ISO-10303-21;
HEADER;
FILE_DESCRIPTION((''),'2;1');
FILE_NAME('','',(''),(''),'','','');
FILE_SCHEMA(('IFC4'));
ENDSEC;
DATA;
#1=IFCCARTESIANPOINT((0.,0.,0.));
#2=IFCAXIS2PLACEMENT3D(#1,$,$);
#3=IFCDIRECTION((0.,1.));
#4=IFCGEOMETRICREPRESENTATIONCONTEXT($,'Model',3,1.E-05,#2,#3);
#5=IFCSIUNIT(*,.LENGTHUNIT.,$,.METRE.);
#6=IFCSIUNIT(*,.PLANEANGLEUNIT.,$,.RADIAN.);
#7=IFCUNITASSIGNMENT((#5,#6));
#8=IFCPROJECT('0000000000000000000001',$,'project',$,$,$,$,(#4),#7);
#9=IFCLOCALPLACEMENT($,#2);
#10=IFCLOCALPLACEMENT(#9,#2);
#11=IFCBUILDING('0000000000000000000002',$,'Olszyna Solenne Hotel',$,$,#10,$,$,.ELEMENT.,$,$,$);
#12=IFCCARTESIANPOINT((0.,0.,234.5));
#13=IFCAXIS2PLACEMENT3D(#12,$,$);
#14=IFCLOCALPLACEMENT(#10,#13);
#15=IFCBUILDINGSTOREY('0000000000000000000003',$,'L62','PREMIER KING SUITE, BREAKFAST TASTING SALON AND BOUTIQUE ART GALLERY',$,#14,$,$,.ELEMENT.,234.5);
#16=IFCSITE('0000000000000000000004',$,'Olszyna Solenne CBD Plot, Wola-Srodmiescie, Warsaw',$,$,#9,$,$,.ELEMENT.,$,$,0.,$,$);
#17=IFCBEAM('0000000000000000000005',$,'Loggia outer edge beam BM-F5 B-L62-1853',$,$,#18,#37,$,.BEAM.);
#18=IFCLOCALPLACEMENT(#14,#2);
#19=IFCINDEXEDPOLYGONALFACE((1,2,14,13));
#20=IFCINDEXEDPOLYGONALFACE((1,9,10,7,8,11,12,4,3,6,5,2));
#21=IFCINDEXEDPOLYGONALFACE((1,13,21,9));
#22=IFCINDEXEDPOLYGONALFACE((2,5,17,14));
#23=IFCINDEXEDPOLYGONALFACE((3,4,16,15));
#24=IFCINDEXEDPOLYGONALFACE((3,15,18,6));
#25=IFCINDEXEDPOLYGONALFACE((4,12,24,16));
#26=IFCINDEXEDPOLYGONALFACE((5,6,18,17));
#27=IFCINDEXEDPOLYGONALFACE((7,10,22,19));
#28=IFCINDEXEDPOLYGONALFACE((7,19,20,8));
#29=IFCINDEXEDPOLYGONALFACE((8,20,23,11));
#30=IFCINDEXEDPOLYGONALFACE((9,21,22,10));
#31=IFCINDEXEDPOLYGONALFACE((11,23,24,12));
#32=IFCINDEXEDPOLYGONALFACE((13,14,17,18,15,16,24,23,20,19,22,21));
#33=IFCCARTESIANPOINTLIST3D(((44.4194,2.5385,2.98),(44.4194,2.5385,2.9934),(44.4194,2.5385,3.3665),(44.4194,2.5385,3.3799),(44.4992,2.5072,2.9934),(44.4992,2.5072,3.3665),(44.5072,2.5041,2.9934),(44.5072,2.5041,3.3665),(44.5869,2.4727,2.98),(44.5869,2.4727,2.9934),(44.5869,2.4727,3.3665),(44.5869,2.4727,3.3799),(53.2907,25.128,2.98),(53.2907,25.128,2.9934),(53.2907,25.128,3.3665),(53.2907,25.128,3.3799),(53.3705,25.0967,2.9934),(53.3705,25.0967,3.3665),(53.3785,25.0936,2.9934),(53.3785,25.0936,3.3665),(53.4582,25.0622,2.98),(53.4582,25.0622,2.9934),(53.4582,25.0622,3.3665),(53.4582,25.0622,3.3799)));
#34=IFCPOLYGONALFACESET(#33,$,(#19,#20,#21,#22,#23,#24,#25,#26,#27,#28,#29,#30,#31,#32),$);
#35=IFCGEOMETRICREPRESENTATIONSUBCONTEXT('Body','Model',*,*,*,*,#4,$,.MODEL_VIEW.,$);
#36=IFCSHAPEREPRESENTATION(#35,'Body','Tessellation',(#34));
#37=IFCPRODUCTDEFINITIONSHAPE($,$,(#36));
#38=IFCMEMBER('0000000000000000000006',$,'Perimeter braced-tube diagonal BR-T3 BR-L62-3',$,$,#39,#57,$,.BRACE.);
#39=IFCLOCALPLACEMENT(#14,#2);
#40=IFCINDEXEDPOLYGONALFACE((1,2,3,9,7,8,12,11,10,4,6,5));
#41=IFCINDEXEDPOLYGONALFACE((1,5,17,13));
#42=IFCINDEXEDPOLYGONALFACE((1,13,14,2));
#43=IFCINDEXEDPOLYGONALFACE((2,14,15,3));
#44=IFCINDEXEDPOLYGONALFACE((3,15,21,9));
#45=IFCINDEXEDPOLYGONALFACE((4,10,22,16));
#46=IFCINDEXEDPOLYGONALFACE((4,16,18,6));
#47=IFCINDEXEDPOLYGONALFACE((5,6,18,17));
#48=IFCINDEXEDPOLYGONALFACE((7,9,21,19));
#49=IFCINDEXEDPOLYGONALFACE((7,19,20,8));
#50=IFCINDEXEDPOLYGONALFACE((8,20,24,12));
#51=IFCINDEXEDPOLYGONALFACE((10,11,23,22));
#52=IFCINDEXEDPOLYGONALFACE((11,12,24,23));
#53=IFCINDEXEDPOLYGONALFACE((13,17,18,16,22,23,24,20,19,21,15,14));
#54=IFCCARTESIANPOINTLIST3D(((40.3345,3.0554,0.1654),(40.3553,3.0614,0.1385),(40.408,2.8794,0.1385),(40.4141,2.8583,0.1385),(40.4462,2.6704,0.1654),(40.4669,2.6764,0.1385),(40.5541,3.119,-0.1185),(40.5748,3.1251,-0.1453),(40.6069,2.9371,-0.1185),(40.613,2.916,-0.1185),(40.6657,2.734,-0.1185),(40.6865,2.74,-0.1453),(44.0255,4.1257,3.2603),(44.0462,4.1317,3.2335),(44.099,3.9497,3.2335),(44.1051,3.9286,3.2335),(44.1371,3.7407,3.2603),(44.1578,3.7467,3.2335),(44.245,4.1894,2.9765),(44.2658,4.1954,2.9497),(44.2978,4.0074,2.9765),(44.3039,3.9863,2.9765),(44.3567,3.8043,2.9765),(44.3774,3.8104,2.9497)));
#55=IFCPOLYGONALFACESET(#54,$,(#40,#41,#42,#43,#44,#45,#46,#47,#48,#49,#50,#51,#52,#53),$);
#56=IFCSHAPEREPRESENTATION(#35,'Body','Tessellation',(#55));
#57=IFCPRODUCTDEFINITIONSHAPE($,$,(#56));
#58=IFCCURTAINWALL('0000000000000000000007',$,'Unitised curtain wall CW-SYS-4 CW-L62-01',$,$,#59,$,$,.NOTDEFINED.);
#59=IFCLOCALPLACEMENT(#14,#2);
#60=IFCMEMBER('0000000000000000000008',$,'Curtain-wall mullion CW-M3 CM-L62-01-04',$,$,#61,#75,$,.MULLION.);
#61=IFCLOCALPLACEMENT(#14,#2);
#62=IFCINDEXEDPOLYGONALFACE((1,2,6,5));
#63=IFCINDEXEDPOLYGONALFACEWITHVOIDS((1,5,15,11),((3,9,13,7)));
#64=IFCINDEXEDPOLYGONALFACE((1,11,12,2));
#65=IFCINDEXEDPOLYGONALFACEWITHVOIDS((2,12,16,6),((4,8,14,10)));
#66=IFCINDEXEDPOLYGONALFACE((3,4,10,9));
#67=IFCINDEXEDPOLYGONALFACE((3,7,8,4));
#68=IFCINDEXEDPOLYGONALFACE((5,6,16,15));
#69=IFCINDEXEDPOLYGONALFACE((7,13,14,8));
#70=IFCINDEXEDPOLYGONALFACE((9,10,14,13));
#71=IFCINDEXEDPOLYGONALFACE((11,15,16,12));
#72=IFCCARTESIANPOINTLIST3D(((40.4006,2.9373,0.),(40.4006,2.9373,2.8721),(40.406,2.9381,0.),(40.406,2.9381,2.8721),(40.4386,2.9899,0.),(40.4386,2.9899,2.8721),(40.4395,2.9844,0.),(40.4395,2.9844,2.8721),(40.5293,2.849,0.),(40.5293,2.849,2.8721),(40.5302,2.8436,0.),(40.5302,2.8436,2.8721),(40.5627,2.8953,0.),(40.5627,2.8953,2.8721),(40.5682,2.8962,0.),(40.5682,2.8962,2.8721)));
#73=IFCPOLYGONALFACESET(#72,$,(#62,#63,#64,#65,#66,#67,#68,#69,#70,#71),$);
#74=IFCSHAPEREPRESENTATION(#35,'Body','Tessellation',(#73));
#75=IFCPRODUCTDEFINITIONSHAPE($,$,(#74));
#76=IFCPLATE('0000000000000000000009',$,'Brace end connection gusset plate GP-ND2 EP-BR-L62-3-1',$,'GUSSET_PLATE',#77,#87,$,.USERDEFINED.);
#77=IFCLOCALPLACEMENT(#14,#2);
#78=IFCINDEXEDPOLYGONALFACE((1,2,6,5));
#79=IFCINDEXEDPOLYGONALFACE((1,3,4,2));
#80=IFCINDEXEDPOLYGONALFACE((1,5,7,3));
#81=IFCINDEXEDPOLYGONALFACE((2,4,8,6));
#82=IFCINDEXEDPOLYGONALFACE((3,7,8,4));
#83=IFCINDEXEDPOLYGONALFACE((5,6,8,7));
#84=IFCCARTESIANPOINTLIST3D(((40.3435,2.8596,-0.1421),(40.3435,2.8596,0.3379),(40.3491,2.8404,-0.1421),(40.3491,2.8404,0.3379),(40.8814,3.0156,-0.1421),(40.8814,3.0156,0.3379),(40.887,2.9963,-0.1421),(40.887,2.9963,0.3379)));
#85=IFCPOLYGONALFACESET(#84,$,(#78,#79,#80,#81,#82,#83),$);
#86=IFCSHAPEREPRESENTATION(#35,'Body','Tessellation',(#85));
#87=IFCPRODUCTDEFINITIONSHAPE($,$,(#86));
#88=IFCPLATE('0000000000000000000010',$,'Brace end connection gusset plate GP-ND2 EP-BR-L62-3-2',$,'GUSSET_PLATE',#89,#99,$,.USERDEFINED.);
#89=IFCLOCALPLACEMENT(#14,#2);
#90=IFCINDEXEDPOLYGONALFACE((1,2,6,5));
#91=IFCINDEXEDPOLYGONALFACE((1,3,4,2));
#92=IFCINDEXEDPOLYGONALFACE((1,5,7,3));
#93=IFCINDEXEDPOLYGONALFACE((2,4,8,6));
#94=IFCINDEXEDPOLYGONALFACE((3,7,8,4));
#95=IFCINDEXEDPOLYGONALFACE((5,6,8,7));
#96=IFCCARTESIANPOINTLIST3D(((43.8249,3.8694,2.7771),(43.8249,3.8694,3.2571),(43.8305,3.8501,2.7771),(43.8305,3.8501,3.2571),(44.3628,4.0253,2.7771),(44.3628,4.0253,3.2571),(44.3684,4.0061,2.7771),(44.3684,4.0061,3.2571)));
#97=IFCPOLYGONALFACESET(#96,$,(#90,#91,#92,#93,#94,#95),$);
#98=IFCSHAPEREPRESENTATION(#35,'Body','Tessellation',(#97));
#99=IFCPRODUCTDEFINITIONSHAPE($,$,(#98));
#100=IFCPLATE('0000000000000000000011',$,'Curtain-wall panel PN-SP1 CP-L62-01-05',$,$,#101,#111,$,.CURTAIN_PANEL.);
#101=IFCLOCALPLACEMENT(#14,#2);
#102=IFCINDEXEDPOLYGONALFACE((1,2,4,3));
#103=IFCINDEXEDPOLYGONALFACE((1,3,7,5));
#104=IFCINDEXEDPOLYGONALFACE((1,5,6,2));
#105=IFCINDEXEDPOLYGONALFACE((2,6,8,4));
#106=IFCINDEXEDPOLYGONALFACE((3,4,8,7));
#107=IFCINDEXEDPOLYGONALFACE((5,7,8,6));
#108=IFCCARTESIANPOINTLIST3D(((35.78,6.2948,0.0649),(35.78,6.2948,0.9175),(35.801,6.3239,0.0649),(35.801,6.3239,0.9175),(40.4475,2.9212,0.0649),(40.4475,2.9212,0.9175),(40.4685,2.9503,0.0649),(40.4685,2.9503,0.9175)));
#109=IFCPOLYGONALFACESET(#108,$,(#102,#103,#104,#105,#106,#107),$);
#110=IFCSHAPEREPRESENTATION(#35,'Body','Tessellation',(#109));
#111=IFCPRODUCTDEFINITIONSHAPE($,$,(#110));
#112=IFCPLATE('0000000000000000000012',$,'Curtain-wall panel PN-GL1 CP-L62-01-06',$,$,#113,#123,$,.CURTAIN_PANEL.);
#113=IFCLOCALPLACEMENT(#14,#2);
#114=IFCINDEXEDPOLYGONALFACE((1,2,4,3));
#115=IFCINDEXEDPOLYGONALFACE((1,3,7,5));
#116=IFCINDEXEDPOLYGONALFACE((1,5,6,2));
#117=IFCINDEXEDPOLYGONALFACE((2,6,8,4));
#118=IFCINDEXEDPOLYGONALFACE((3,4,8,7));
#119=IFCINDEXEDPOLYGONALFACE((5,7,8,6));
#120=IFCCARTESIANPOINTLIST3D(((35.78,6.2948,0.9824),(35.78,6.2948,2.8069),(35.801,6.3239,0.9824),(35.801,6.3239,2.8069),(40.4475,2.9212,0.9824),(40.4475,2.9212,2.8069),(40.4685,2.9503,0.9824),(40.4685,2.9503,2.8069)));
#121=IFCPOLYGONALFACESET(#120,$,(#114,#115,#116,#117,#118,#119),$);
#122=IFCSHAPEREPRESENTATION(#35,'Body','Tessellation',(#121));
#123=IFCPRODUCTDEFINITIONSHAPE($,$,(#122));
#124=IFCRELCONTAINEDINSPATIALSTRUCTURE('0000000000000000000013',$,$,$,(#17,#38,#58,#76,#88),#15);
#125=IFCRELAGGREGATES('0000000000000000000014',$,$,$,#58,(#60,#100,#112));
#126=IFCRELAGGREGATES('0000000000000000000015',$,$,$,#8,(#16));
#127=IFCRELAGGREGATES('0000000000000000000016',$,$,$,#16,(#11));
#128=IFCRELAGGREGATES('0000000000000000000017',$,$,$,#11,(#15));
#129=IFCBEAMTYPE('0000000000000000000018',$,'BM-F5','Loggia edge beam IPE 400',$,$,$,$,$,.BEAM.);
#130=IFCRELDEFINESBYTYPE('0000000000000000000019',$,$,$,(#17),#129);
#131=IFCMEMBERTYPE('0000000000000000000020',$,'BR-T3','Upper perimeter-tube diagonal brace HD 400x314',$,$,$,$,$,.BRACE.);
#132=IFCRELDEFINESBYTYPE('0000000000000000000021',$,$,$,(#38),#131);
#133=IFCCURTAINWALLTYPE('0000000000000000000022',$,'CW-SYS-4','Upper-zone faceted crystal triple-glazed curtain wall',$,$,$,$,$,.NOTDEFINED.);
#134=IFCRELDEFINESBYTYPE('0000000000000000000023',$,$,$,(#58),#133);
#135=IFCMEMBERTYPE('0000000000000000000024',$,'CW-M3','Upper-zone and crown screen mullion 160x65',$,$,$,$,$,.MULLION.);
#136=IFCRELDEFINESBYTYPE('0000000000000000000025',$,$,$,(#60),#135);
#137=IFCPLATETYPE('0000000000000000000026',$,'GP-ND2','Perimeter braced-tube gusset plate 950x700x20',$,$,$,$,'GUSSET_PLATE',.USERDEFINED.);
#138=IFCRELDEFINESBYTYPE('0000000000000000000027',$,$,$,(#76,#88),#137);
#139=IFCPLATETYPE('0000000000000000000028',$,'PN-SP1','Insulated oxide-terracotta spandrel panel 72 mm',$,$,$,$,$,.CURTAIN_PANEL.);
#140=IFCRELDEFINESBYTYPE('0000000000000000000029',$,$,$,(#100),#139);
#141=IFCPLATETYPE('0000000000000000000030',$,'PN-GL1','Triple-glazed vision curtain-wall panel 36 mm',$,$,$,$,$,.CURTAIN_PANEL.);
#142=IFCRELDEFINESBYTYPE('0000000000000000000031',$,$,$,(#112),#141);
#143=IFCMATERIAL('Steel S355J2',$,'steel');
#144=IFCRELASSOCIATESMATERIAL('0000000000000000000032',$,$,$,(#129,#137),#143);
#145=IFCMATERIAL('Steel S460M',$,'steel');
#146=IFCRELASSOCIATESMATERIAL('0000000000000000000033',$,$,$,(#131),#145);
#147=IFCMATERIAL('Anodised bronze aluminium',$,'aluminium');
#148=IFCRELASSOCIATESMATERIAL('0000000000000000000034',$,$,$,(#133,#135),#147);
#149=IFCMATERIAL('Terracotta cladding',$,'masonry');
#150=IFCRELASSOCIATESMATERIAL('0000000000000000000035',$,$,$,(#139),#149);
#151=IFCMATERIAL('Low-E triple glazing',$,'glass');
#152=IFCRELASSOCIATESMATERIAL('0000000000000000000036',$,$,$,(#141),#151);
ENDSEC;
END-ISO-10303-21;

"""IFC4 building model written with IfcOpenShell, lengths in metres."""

from ifc_helpers import new_model, si_unit, direction, frame, origin, origin_2d, place, context, subcontext, project, spatial, rectangle, hollow_rectangle, i_section, extrude, source, transform, mapped, material, material_profile, profile_set, type_object, element, aggregate, save


model = new_model("IFC4")

# Units and contexts
model_context = context("Model", 3, precision=1e-05, world=origin(), true_north=direction((0.0, 1.0)))
body_context = subcontext(model_context, "Body", "Model", "MODEL_VIEW")
ifc_project = project(units=[si_unit("LENGTHUNIT", "METRE"), si_unit("PLANEANGLEUNIT", "RADIAN")], contexts=[model_context])

# Site, building, storey
site_placement = place(None, origin())
site = spatial("IfcSite", under=ifc_project, at=site_placement, Name="Olszyna Solenne CBD Plot, Wola-Srodmiescie, Warsaw", CompositionType="ELEMENT", RefElevation=0.0)
building_placement = place(site_placement, origin())
building = spatial("IfcBuilding", under=site, at=building_placement, Name="Olszyna Solenne Hotel", CompositionType="ELEMENT")
storey_placement = place(building_placement, frame((0.0, 0.0, 234.5)))
storey = spatial("IfcBuildingStorey", under=building, at=storey_placement, Name="L62", Description="PREMIER KING SUITE, BREAKFAST TASTING SALON AND BOUTIQUE ART GALLERY", CompositionType="ELEMENT", Elevation=234.5)

# Shared definitions
ifc_material_1 = material(Name="Steel S460M", Category="steel")

# Beam
ifc_material_2 = material(Name="Steel S355J2", Category="steel")
ifc_material_profile_1 = material_profile(ifc_material_2, i_section(OverallWidth=0.1799, OverallDepth=0.3999, WebThickness=0.0085, FlangeThickness=0.0134, at=origin_2d()), Name="IPE 400", Category="load-bearing")
ifc_profile_set_1 = profile_set([ifc_material_profile_1], Name="Steel S355J2")
beam_type_1 = type_object("IfcBeamType", Name="BM-F5", Description="Loggia edge beam IPE 400", PredefinedType="BEAM", material=ifc_profile_set_1)
shared_shape_1 = source(origin(), body_context, "Body", "SweptSolid", [
    extrude(i_section(OverallWidth=0.1799, OverallDepth=0.3999, WebThickness=0.0085, FlangeThickness=0.0134, at=origin_2d()), origin(), (0.0, 0.0, 1.0), 24.269),
])
beam_1_placement = place(storey_placement, frame((44.5032, 2.5056, 3.1799), z_axis=(0.36554, 0.930796, 0.0), x_axis=(-0.930796, 0.36554, 0.0)))
element("IfcBeam", 1, at=beam_1_placement, inside=storey, type_object=beam_type_1, Name="Loggia outer edge beam BM-F5 B-L62-1853", PredefinedType="BEAM", context=body_context, shape_type="MappedRepresentation", body=[
    mapped(shared_shape_1, transform((0.0, 0.0, 0.0), x_axis=(1.0, 0.0, 0.0), y_axis=(0.0, 1.0, 0.0), z_axis=(0.0, 0.0, 1.0), scale=1.0)),
])

# Member
ifc_material_profile_2 = material_profile(ifc_material_1, i_section(OverallWidth=0.4009, OverallDepth=0.3989, WebThickness=0.022, FlangeThickness=0.0344, at=origin_2d()), Name="HD 400x314", Category="load-bearing")
ifc_profile_set_2 = profile_set([ifc_material_profile_2], Name="Steel S460M")
member_type_1 = type_object("IfcMemberType", Name="BR-T3", Description="Upper perimeter-tube diagonal brace HD 400x314", PredefinedType="BRACE", material=ifc_profile_set_2)
shared_shape_2 = source(origin(), body_context, "Body", "SweptSolid", [
    extrude(i_section(OverallWidth=0.4009, OverallDepth=0.3989, WebThickness=0.022, FlangeThickness=0.0344, at=origin_2d()), origin(), (0.0, 0.0, 1.0), 4.9343),
])
member_1_placement = place(storey_placement, frame((40.5105, 2.8977, 0.01), z_axis=(0.748013, 0.216913, 0.627236), x_axis=(-0.278512, 0.960433, 0.0)))
element("IfcMember", 2, at=member_1_placement, inside=storey, type_object=member_type_1, Name="Perimeter braced-tube diagonal BR-T3 BR-L62-3", PredefinedType="BRACE", context=body_context, shape_type="MappedRepresentation", body=[
    mapped(shared_shape_2, transform((0.0, 0.0, 0.0), x_axis=(1.0, 0.0, 0.0), y_axis=(0.0, 1.0, 0.0), z_axis=(0.0, 0.0, 1.0), scale=1.0)),
])

# Curtain wall, member
ifc_material_3 = material(Name="Anodised bronze aluminium", Category="aluminium")
curtain_wall_type = type_object("IfcCurtainWallType", Name="CW-SYS-4", Description="Upper-zone faceted crystal triple-glazed curtain wall", PredefinedType="NOTDEFINED", material=ifc_material_3)
curtain_wall_placement = place(storey_placement, origin())
curtain_wall = element("IfcCurtainWall", 3, at=curtain_wall_placement, inside=storey, type_object=curtain_wall_type, Name="Unitised curtain wall CW-SYS-4 CW-L62-01", PredefinedType="NOTDEFINED")
ifc_material_profile_3 = material_profile(ifc_material_3, hollow_rectangle(XDim=0.0649, YDim=0.1599, WallThickness=0.0039, at=origin_2d()), Name="MULL 160x65x4", Category="load-bearing")
ifc_profile_set_3 = profile_set([ifc_material_profile_3], Name="Anodised bronze aluminium")
member_type_2 = type_object("IfcMemberType", Name="CW-M3", Description="Upper-zone and crown screen mullion 160x65", PredefinedType="MULLION", material=ifc_profile_set_3)
shared_shape_3 = source(origin(), body_context, "Body", "SweptSolid", [
    extrude(hollow_rectangle(XDim=0.0649, YDim=0.1599, WallThickness=0.0039, at=origin_2d()), origin(), (0.0, 0.0, 1.0), 2.8721),
])
member_2_placement = place(storey_placement, frame((40.4844, 2.9167, 0.0), z_axis=(0.0, 0.0, 1.0), x_axis=(0.585789, 0.810463, 0.0)))
member_2 = element("IfcMember", 4, at=member_2_placement, type_object=member_type_2, Name="Curtain-wall mullion CW-M3 CM-L62-01-04", PredefinedType="MULLION", context=body_context, shape_type="MappedRepresentation", body=[
    mapped(shared_shape_3, transform((0.0, 0.0, 0.0), x_axis=(1.0, 0.0, 0.0), y_axis=(0.0, 1.0, 0.0), z_axis=(0.0, 0.0, 1.0), scale=1.0)),
])

# Plates
plate_type_1 = type_object("IfcPlateType", Name="GP-ND2", Description="Perimeter braced-tube gusset plate 950x700x20", ElementType="GUSSET_PLATE", PredefinedType="USERDEFINED", material=ifc_material_2)
shared_shape_4 = source(origin(), body_context, "Body", "SweptSolid", [
    extrude(rectangle(XDim=0.5601, YDim=0.02, at=origin_2d()), origin(), (0.0, 0.0, 1.0), 0.48),
])
for number, where, z_axis, x_axis, name in (
    (5, (40.6152, 2.928, -0.1421), (0.0, 0.0, 1.0), (0.96044, 0.278488, 0.0), "Brace end connection gusset plate GP-ND2 EP-BR-L62-3-1"),
    (6, (44.0967, 3.9377, 2.7771), (0.0, 0.0, 1.0), (0.96044, 0.278488, 0.0), "Brace end connection gusset plate GP-ND2 EP-BR-L62-3-2"),
):
    element("IfcPlate", number, at=place(storey_placement, frame(where, z_axis=z_axis, x_axis=x_axis)), inside=storey, type_object=plate_type_1, Name=name, ObjectType="GUSSET_PLATE", PredefinedType="USERDEFINED", context=body_context, shape_type="MappedRepresentation", body=[
        mapped(shared_shape_4, transform((0.0, 0.0, 0.0), x_axis=(1.0, 0.0, 0.0), y_axis=(0.0, 1.0, 0.0), z_axis=(0.0, 0.0, 1.0), scale=1.0)),
    ])

# Plates
ifc_material_4 = material(Name="Terracotta cladding", Category="masonry")
plate_type_2 = type_object("IfcPlateType", Name="PN-SP1", Description="Insulated oxide-terracotta spandrel panel 72 mm", PredefinedType="CURTAIN_PANEL", material=ifc_material_4)
shared_shape_5 = source(origin(), body_context, "Body", "SweptSolid", [
    extrude(rectangle(XDim=5.759, YDim=0.0359, at=origin_2d()), origin(), (0.0, 0.0, 1.0), 0.8525),
])
plate_1_placement = place(storey_placement, frame((38.1243, 4.6226, 0.0649), z_axis=(0.0, 0.0, 1.0), x_axis=(0.810463, -0.585789, 0.0)))
plate_1 = element("IfcPlate", 7, at=plate_1_placement, type_object=plate_type_2, Name="Curtain-wall panel PN-SP1 CP-L62-01-05", PredefinedType="CURTAIN_PANEL", context=body_context, shape_type="MappedRepresentation", body=[
    mapped(shared_shape_5, transform((0.0, 0.0, 0.0), x_axis=(1.0, 0.0, 0.0), y_axis=(0.0, 1.0, 0.0), z_axis=(0.0, 0.0, 1.0), scale=1.0)),
])
ifc_material_5 = material(Name="Low-E triple glazing", Category="glass")
plate_type_3 = type_object("IfcPlateType", Name="PN-GL1", Description="Triple-glazed vision curtain-wall panel 36 mm", PredefinedType="CURTAIN_PANEL", material=ifc_material_5)
shared_shape_6 = source(origin(), body_context, "Body", "SweptSolid", [
    extrude(rectangle(XDim=5.759, YDim=0.0359, at=origin_2d()), origin(), (0.0, 0.0, 1.0), 1.8245),
])
plate_2_placement = place(storey_placement, frame((38.1243, 4.6226, 0.9824), z_axis=(0.0, 0.0, 1.0), x_axis=(0.810463, -0.585789, 0.0)))
plate_2 = element("IfcPlate", 8, at=plate_2_placement, type_object=plate_type_3, Name="Curtain-wall panel PN-GL1 CP-L62-01-06", PredefinedType="CURTAIN_PANEL", context=body_context, shape_type="MappedRepresentation", body=[
    mapped(shared_shape_6, transform((0.0, 0.0, 0.0), x_axis=(1.0, 0.0, 0.0), y_axis=(0.0, 1.0, 0.0), z_axis=(0.0, 0.0, 1.0), scale=1.0)),
])
aggregate(curtain_wall, [member_2, plate_1, plate_2])

save(model, "model.ifc")
